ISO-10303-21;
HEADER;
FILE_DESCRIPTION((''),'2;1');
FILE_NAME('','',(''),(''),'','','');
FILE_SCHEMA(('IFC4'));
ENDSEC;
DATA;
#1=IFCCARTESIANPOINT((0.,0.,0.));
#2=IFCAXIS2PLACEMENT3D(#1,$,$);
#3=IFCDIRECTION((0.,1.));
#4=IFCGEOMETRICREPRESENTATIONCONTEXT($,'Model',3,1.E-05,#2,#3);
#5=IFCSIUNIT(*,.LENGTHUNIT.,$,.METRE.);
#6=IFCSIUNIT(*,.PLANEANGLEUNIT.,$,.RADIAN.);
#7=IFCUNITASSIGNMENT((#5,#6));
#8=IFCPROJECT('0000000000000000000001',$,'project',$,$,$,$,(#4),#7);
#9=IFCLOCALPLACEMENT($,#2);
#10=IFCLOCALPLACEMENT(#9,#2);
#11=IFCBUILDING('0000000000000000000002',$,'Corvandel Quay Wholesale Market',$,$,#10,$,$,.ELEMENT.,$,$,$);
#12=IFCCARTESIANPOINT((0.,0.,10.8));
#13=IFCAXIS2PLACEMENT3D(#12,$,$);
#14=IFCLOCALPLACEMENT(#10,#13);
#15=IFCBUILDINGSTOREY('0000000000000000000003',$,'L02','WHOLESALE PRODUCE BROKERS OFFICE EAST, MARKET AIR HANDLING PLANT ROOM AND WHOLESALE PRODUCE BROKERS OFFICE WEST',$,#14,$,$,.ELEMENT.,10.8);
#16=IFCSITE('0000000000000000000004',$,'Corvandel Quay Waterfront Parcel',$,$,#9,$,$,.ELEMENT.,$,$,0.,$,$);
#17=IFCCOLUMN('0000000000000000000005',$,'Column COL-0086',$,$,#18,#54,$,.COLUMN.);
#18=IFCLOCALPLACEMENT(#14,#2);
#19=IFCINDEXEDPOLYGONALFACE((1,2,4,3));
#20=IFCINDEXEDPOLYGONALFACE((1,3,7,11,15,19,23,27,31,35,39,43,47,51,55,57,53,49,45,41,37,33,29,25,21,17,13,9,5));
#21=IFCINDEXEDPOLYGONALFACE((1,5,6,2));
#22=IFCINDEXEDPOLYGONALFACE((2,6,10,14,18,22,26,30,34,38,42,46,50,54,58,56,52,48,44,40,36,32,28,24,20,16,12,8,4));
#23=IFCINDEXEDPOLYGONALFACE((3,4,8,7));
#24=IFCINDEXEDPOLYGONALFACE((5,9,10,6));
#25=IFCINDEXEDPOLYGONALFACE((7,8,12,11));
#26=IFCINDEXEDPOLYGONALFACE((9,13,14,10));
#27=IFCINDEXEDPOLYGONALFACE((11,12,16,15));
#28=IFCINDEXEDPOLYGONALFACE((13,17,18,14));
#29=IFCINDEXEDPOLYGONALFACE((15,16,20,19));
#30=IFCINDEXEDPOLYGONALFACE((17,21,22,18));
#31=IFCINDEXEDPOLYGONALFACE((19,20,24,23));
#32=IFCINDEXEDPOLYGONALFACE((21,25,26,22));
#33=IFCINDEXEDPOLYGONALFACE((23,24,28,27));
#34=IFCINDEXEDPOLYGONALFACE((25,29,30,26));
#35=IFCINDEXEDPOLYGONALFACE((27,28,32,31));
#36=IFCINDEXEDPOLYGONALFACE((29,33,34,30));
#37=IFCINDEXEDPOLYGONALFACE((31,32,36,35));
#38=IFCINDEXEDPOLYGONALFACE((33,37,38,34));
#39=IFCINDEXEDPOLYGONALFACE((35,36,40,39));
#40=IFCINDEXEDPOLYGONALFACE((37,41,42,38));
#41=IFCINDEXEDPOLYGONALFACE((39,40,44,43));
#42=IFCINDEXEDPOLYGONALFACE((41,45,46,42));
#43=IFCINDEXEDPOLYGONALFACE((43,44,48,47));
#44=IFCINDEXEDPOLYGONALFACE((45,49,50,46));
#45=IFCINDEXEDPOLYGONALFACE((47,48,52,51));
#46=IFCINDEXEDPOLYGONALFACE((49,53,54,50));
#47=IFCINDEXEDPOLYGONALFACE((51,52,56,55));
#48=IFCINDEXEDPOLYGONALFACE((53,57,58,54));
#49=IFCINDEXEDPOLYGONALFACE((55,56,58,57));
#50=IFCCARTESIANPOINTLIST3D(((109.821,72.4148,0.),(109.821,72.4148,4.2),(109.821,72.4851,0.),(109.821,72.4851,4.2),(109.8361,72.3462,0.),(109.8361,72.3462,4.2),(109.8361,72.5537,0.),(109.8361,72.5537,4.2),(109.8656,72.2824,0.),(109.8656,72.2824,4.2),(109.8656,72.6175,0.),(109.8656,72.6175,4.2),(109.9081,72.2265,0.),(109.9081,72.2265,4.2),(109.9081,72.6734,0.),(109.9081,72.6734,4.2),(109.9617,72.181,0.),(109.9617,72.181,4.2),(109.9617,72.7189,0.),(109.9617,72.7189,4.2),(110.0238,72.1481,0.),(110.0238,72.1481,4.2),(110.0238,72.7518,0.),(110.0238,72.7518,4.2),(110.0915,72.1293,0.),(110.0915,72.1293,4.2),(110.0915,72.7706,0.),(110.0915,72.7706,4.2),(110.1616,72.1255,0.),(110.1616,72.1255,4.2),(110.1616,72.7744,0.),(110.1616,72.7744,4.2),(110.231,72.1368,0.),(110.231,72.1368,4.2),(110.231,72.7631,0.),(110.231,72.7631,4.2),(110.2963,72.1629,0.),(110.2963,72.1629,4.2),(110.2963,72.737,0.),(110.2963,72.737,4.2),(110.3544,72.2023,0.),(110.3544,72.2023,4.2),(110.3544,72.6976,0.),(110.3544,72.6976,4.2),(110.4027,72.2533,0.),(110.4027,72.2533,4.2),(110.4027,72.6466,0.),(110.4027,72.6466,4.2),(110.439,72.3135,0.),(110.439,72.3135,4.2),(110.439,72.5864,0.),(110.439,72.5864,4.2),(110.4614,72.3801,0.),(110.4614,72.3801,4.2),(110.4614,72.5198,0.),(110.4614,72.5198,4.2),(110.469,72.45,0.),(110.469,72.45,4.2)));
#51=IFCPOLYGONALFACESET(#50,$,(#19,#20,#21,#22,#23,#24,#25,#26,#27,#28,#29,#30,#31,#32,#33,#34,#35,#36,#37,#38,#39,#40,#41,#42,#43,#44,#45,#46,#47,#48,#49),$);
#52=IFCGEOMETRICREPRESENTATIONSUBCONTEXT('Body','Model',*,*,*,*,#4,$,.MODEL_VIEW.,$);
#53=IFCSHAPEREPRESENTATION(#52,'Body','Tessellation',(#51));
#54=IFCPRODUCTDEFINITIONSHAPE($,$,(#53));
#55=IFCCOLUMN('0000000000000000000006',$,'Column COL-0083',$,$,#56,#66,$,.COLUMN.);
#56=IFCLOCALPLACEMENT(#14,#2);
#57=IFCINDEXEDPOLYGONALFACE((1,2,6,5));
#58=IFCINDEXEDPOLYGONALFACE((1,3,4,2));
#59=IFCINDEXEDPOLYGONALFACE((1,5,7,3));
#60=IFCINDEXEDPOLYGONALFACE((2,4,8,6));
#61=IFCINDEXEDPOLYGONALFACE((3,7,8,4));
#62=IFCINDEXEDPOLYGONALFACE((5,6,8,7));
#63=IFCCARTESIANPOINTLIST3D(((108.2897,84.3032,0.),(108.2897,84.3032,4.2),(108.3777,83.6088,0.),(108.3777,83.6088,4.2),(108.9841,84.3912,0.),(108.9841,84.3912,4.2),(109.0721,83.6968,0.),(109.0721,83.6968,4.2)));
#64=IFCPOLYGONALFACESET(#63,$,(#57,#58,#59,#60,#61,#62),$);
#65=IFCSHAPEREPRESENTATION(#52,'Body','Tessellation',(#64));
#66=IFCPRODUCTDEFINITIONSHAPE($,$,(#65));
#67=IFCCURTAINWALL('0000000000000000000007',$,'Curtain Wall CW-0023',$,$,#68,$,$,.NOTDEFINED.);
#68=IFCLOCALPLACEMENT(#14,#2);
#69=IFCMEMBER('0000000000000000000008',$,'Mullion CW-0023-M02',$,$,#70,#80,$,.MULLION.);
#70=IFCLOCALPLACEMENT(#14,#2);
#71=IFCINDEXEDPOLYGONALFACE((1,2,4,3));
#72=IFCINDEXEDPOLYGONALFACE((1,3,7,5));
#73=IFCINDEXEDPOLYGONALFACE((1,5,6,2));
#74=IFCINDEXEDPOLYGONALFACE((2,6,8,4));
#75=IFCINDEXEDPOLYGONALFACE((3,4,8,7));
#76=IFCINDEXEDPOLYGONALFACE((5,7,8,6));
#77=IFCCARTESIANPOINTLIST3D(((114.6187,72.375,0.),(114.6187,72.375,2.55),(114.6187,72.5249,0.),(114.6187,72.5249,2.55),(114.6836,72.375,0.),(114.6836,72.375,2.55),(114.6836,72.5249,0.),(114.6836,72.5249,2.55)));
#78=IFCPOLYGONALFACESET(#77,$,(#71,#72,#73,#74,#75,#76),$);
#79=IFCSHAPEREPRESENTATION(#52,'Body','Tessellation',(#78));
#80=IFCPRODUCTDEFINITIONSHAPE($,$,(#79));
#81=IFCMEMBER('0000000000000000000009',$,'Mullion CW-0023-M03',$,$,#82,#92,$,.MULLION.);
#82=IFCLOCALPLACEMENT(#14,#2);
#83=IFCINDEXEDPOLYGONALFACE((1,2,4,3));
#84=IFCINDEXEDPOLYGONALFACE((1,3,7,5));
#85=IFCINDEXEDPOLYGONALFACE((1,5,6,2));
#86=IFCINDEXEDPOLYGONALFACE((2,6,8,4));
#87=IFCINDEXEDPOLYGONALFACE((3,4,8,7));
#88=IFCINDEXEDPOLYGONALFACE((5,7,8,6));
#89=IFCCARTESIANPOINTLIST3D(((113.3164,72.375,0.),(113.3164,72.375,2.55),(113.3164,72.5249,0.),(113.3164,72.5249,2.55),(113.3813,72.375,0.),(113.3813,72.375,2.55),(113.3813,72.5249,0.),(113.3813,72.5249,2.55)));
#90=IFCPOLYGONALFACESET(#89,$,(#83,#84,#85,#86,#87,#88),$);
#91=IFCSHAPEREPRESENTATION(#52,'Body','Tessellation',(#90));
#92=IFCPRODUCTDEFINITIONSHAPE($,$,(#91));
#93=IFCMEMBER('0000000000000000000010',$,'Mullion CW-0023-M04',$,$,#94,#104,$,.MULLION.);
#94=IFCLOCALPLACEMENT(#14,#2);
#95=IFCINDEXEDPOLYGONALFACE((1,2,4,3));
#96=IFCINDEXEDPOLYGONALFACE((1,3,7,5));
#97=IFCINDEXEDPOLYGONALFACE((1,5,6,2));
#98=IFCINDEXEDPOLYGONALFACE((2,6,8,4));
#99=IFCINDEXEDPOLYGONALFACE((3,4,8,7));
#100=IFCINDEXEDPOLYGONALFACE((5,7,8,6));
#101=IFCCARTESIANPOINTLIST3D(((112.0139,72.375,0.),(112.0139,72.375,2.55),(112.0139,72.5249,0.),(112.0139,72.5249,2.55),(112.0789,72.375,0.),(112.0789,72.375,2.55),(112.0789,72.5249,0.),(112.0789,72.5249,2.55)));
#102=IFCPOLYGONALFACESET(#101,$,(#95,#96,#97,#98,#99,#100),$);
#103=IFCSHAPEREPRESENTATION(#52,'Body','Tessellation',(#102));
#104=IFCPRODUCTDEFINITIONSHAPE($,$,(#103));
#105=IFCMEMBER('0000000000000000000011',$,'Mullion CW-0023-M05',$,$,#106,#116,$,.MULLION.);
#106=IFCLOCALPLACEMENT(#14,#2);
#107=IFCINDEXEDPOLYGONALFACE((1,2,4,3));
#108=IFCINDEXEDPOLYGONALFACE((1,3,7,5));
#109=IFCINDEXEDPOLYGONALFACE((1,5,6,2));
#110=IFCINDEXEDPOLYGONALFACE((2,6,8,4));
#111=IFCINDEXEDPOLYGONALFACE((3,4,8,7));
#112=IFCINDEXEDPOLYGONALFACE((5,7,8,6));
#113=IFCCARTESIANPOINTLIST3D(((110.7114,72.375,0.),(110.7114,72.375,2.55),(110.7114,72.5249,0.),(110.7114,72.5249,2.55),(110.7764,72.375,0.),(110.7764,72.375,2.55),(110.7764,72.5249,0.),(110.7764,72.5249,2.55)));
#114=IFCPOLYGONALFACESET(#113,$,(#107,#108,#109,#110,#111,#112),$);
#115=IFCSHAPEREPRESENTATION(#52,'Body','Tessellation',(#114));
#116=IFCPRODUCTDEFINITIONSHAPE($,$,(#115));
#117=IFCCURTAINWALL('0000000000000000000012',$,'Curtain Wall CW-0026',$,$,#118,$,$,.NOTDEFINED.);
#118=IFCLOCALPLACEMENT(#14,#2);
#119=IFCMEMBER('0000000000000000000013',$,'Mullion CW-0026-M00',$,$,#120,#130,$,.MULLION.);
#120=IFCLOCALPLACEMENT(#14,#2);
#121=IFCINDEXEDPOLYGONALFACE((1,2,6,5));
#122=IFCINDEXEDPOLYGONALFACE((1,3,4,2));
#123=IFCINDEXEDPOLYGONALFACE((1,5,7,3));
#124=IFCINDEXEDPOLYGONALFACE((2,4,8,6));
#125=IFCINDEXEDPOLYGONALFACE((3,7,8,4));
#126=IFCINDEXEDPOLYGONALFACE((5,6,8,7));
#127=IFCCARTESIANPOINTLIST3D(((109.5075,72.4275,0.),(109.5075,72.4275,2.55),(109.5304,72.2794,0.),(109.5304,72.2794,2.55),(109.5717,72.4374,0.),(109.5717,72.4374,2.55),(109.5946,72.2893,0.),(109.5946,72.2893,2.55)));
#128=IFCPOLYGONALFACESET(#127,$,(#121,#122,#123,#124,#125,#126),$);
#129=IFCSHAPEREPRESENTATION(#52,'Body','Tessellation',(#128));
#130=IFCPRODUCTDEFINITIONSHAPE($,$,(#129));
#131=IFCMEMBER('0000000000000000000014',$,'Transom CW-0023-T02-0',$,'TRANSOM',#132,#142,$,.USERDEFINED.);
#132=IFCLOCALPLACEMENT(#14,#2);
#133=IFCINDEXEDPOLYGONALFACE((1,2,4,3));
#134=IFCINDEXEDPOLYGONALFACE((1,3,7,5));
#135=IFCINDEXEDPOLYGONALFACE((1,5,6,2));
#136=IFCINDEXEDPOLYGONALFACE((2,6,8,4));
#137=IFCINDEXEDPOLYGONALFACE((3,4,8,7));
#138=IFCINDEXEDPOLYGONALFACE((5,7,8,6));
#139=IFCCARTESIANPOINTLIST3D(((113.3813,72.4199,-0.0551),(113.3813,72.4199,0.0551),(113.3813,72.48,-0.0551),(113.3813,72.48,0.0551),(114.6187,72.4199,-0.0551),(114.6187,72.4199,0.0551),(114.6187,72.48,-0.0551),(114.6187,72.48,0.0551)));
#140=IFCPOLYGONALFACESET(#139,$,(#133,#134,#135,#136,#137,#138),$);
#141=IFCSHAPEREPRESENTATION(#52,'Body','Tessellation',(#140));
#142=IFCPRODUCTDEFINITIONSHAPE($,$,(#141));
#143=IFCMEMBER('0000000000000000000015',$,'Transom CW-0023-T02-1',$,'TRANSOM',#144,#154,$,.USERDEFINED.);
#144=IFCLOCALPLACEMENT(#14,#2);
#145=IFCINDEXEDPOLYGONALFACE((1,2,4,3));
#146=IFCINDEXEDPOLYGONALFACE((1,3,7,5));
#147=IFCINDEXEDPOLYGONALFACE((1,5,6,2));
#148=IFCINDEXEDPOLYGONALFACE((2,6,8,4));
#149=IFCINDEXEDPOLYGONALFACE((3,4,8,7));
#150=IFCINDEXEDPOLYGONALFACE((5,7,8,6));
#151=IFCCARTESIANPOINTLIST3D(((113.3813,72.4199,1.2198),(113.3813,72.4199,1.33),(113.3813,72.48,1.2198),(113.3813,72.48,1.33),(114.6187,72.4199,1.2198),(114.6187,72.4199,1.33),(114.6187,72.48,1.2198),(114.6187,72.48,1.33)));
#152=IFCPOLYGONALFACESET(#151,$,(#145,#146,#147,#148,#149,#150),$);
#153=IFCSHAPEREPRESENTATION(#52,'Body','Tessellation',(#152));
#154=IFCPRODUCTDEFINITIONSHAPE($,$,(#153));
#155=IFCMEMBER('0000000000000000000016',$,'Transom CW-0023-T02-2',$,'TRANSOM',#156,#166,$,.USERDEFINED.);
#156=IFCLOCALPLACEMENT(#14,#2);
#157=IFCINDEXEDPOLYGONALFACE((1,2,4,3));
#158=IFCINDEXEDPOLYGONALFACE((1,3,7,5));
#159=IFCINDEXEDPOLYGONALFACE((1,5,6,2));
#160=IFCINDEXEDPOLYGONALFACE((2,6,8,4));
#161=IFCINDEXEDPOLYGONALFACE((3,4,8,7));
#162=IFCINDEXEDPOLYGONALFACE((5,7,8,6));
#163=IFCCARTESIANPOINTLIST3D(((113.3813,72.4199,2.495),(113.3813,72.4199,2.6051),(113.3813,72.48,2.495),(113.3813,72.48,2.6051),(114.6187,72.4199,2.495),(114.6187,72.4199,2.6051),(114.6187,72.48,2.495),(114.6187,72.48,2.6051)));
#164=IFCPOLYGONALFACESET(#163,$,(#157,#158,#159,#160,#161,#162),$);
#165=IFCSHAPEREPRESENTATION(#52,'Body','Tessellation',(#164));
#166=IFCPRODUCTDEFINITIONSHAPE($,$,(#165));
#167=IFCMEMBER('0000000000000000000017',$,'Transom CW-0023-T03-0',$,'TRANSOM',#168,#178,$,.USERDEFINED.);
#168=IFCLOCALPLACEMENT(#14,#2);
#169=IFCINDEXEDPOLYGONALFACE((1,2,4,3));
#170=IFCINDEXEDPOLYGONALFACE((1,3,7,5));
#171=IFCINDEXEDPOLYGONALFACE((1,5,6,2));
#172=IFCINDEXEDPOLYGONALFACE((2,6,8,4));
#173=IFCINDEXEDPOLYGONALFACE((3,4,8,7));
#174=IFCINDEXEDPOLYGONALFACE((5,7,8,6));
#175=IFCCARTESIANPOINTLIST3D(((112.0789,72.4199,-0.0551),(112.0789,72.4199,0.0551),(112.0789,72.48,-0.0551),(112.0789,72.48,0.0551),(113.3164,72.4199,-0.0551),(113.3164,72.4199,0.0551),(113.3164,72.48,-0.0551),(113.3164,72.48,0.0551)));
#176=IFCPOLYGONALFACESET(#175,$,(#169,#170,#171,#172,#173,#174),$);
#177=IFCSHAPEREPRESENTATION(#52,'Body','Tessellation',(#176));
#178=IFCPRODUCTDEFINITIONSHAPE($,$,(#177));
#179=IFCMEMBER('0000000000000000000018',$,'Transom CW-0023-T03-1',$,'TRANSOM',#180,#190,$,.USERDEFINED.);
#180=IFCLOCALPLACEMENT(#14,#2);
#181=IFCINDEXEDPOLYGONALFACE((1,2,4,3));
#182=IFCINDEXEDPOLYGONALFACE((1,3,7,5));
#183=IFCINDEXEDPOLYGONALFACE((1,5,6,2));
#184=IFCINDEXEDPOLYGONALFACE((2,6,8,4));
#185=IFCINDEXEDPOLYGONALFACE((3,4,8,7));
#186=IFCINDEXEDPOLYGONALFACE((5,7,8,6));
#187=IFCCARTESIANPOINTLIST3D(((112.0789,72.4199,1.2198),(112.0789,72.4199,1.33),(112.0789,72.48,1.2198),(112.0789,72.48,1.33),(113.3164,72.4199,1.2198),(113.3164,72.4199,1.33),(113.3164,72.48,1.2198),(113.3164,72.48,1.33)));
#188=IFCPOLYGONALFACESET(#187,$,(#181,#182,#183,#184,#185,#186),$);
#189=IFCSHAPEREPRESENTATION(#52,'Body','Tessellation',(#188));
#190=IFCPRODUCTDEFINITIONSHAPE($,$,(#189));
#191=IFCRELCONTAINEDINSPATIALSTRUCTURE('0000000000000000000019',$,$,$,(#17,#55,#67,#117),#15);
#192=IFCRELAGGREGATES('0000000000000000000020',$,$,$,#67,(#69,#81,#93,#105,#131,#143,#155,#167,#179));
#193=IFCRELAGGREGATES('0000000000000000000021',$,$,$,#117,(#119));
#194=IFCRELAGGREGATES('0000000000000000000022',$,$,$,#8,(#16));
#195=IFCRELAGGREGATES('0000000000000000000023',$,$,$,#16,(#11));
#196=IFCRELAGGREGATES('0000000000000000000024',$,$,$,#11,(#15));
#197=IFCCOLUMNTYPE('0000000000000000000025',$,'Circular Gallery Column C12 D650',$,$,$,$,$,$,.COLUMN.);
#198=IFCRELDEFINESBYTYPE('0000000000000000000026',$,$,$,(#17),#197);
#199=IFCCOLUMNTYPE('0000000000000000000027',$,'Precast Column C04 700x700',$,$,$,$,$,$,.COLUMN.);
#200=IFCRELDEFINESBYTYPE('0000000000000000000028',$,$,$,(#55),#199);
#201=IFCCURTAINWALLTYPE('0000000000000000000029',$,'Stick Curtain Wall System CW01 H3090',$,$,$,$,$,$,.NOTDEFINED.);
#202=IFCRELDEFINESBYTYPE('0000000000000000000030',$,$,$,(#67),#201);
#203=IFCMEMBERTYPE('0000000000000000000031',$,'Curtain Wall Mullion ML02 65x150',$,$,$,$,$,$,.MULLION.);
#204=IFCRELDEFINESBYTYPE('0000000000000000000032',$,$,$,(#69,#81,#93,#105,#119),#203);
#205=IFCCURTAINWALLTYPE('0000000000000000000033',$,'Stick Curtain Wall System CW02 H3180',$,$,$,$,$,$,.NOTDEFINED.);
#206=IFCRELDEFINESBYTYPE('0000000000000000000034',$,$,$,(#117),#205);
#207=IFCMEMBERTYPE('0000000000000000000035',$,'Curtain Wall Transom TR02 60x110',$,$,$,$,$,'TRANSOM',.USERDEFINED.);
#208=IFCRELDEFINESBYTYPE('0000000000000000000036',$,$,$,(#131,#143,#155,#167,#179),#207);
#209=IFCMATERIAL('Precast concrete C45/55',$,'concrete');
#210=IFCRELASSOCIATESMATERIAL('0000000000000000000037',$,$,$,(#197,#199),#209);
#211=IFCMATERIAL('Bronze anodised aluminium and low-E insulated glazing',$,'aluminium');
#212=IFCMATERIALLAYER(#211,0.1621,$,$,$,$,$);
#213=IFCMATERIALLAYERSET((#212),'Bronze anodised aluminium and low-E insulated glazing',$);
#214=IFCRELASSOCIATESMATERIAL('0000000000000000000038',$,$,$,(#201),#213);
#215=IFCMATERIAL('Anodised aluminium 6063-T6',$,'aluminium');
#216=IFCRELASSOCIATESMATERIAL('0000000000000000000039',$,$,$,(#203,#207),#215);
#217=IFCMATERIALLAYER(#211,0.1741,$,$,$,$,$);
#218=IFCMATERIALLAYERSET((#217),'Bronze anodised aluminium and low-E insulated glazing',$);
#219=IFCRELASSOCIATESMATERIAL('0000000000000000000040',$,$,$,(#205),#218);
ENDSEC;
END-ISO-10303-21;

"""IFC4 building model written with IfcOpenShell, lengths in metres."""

from ifc_helpers import new_model, si_unit, direction, frame, origin, origin_2d, place, context, subcontext, project, spatial, rectangle, circle, extrude, material, layer, layer_set, material_profile, profile_set, type_object, element, aggregate, save


model = new_model("IFC4")

# Units and contexts
model_context = context("Model", 3, precision=1e-05, world=origin(), true_north=direction((0.0, 1.0)))
body_context = subcontext(model_context, "Body", "Model", "MODEL_VIEW")
ifc_project = project(units=[si_unit("LENGTHUNIT", "METRE"), si_unit("PLANEANGLEUNIT", "RADIAN")], contexts=[model_context])

# Site, building, storey
site_placement = place(None, origin())
site = spatial("IfcSite", under=ifc_project, at=site_placement, Name="Corvandel Quay Waterfront Parcel", CompositionType="ELEMENT", RefElevation=0.0)
building_placement = place(site_placement, origin())
building = spatial("IfcBuilding", under=site, at=building_placement, Name="Corvandel Quay Wholesale Market", CompositionType="ELEMENT")
storey_placement = place(building_placement, frame((0.0, 0.0, 10.8)))
storey = spatial("IfcBuildingStorey", under=building, at=storey_placement, Name="L02", Description="WHOLESALE PRODUCE BROKERS OFFICE EAST, MARKET AIR HANDLING PLANT ROOM AND WHOLESALE PRODUCE BROKERS OFFICE WEST", CompositionType="ELEMENT", Elevation=10.8)

# Columns
ifc_material_1 = material(Name="Precast concrete C45/55", Category="concrete")
ifc_material_profile_1 = material_profile(ifc_material_1, circle(Radius=0.325, at=origin_2d()), Name="PC-COL-D650")
ifc_profile_set_1 = profile_set([ifc_material_profile_1], Name="Precast concrete C45/55")
column_type_1 = type_object("IfcColumnType", Name="Circular Gallery Column C12 D650", PredefinedType="COLUMN", material=ifc_profile_set_1)
column_1_placement = place(storey_placement, frame((110.144, 72.45, 0.0), z_axis=(0.0, 0.0, 1.0), x_axis=(1.0, 0.0, 0.0)))
element("IfcColumn", 1, at=column_1_placement, inside=storey, type_object=column_type_1, Name="Column COL-0086", PredefinedType="COLUMN", context=body_context, shape_type="SweptSolid", body=[
    extrude(circle(Radius=0.325, at=origin_2d()), origin(), (0.0, 0.0, 1.0), 4.2),
])
ifc_material_profile_2 = material_profile(ifc_material_1, rectangle(XDim=0.7, YDim=0.7, at=origin_2d()), Name="PC-COL-700x700")
ifc_profile_set_2 = profile_set([ifc_material_profile_2], Name="Precast concrete C45/55")
column_type_2 = type_object("IfcColumnType", Name="Precast Column C04 700x700", PredefinedType="COLUMN", material=ifc_profile_set_2)
column_2_placement = place(storey_placement, frame((108.6809, 84.0, 0.0), z_axis=(0.0, 0.0, 1.0), x_axis=(0.992071, 0.12568, 0.0)))
element("IfcColumn", 2, at=column_2_placement, inside=storey, type_object=column_type_2, Name="Column COL-0083", PredefinedType="COLUMN", context=body_context, shape_type="SweptSolid", body=[
    extrude(rectangle(XDim=0.7, YDim=0.7, at=origin_2d()), origin(), (0.0, 0.0, 1.0), 4.2),
])

# Curtain wall, members
ifc_material_2 = material(Name="Bronze anodised aluminium and low-E insulated glazing", Category="aluminium")
ifc_layer_1 = layer(ifc_material_2, 0.1621)
ifc_layer_set_1 = layer_set([ifc_layer_1], Name="Bronze anodised aluminium and low-E insulated glazing")
curtain_wall_type_1 = type_object("IfcCurtainWallType", Name="Stick Curtain Wall System CW01 H3090", PredefinedType="NOTDEFINED", material=ifc_layer_set_1)
curtain_wall_1_placement = place(storey_placement, origin())
curtain_wall_1 = element("IfcCurtainWall", 3, at=curtain_wall_1_placement, inside=storey, type_object=curtain_wall_type_1, Name="Curtain Wall CW-0023", PredefinedType="NOTDEFINED")
ifc_material_3 = material(Name="Anodised aluminium 6063-T6", Category="aluminium")
ifc_material_profile_3 = material_profile(ifc_material_3, rectangle(XDim=0.0649, YDim=0.1499, at=origin_2d()), Name="ALU-MUL-65x150")
ifc_profile_set_3 = profile_set([ifc_material_profile_3], Name="Anodised aluminium 6063-T6")
member_type_1 = type_object("IfcMemberType", Name="Curtain Wall Mullion ML02 65x150", PredefinedType="MULLION", material=ifc_profile_set_3)
member_1_placement = place(storey_placement, frame((114.6511, 72.45, 0.0), z_axis=(0.0, 0.0, 1.0), x_axis=(1.0, 0.0, 0.0)))
member_1 = element("IfcMember", 4, at=member_1_placement, type_object=member_type_1, Name="Mullion CW-0023-M02", PredefinedType="MULLION", context=body_context, shape_type="SweptSolid", body=[
    extrude(rectangle(XDim=0.0649, YDim=0.1499, at=origin_2d()), origin(), (0.0, 0.0, 1.0), 2.55),
])
member_2_placement = place(storey_placement, frame((113.3489, 72.45, 0.0), z_axis=(0.0, 0.0, 1.0), x_axis=(1.0, 0.0, 0.0)))
member_2 = element("IfcMember", 5, at=member_2_placement, type_object=member_type_1, Name="Mullion CW-0023-M03", PredefinedType="MULLION", context=body_context, shape_type="SweptSolid", body=[
    extrude(rectangle(XDim=0.0649, YDim=0.1499, at=origin_2d()), origin(), (0.0, 0.0, 1.0), 2.55),
])
member_3_placement = place(storey_placement, frame((112.0464, 72.45, 0.0), z_axis=(0.0, 0.0, 1.0), x_axis=(1.0, 0.0, 0.0)))
member_3 = element("IfcMember", 6, at=member_3_placement, type_object=member_type_1, Name="Mullion CW-0023-M04", PredefinedType="MULLION", context=body_context, shape_type="SweptSolid", body=[
    extrude(rectangle(XDim=0.0649, YDim=0.1499, at=origin_2d()), origin(), (0.0, 0.0, 1.0), 2.55),
])
member_4_placement = place(storey_placement, frame((110.7439, 72.45, 0.0), z_axis=(0.0, 0.0, 1.0), x_axis=(1.0, 0.0, 0.0)))
member_4 = element("IfcMember", 7, at=member_4_placement, type_object=member_type_1, Name="Mullion CW-0023-M05", PredefinedType="MULLION", context=body_context, shape_type="SweptSolid", body=[
    extrude(rectangle(XDim=0.0649, YDim=0.1499, at=origin_2d()), origin(), (0.0, 0.0, 1.0), 2.55),
])

# Curtain wall, member
ifc_layer_2 = layer(ifc_material_2, 0.1741)
ifc_layer_set_2 = layer_set([ifc_layer_2], Name="Bronze anodised aluminium and low-E insulated glazing")
curtain_wall_type_2 = type_object("IfcCurtainWallType", Name="Stick Curtain Wall System CW02 H3180", PredefinedType="NOTDEFINED", material=ifc_layer_set_2)
curtain_wall_2_placement = place(storey_placement, origin())
curtain_wall_2 = element("IfcCurtainWall", 8, at=curtain_wall_2_placement, inside=storey, type_object=curtain_wall_type_2, Name="Curtain Wall CW-0026", PredefinedType="NOTDEFINED")
member_5_placement = place(storey_placement, frame((109.551, 72.3584, 0.0), z_axis=(0.0, 0.0, 1.0), x_axis=(0.988255, 0.152813, 0.0)))
member_5 = element("IfcMember", 9, at=member_5_placement, type_object=member_type_1, Name="Mullion CW-0026-M00", PredefinedType="MULLION", context=body_context, shape_type="SweptSolid", body=[
    extrude(rectangle(XDim=0.0649, YDim=0.1499, at=origin_2d()), origin(), (0.0, 0.0, 1.0), 2.55),
])

# Members
ifc_material_profile_4 = material_profile(ifc_material_3, rectangle(XDim=0.0601, YDim=0.1101, at=origin_2d()), Name="ALU-TRN-60x110")
ifc_profile_set_4 = profile_set([ifc_material_profile_4], Name="Anodised aluminium 6063-T6")
member_type_2 = type_object("IfcMemberType", Name="Curtain Wall Transom TR02 60x110", ElementType="TRANSOM", PredefinedType="USERDEFINED", material=ifc_profile_set_4)
member_6_placement = place(storey_placement, frame((114.6187, 72.45, 0.0), z_axis=(-1.0, 0.0, 0.0), x_axis=(0.0, -1.0, 0.0)))
member_6 = element("IfcMember", 10, at=member_6_placement, type_object=member_type_2, Name="Transom CW-0023-T02-0", ObjectType="TRANSOM", PredefinedType="USERDEFINED", context=body_context, shape_type="SweptSolid", body=[
    extrude(rectangle(XDim=0.0601, YDim=0.1101, at=origin_2d()), origin(), (0.0, 0.0, 1.0), 1.2373),
])
member_7_placement = place(storey_placement, frame((114.6187, 72.45, 1.2749), z_axis=(-1.0, 0.0, 0.0), x_axis=(0.0, -1.0, 0.0)))
member_7 = element("IfcMember", 11, at=member_7_placement, type_object=member_type_2, Name="Transom CW-0023-T02-1", ObjectType="TRANSOM", PredefinedType="USERDEFINED", context=body_context, shape_type="SweptSolid", body=[
    extrude(rectangle(XDim=0.0601, YDim=0.1101, at=origin_2d()), origin(), (0.0, 0.0, 1.0), 1.2373),
])
member_8_placement = place(storey_placement, frame((114.6187, 72.45, 2.55), z_axis=(-1.0, 0.0, 0.0), x_axis=(0.0, -1.0, 0.0)))
member_8 = element("IfcMember", 12, at=member_8_placement, type_object=member_type_2, Name="Transom CW-0023-T02-2", ObjectType="TRANSOM", PredefinedType="USERDEFINED", context=body_context, shape_type="SweptSolid", body=[
    extrude(rectangle(XDim=0.0601, YDim=0.1101, at=origin_2d()), origin(), (0.0, 0.0, 1.0), 1.2373),
])
member_9_placement = place(storey_placement, frame((113.3164, 72.45, 0.0), z_axis=(-1.0, 0.0, 0.0), x_axis=(0.0, -1.0, 0.0)))
member_9 = element("IfcMember", 13, at=member_9_placement, type_object=member_type_2, Name="Transom CW-0023-T03-0", ObjectType="TRANSOM", PredefinedType="USERDEFINED", context=body_context, shape_type="SweptSolid", body=[
    extrude(rectangle(XDim=0.0601, YDim=0.1101, at=origin_2d()), origin(), (0.0, 0.0, 1.0), 1.2375),
])
member_10_placement = place(storey_placement, frame((113.3164, 72.45, 1.2749), z_axis=(-1.0, 0.0, 0.0), x_axis=(0.0, -1.0, 0.0)))
member_10 = element("IfcMember", 14, at=member_10_placement, type_object=member_type_2, Name="Transom CW-0023-T03-1", ObjectType="TRANSOM", PredefinedType="USERDEFINED", context=body_context, shape_type="SweptSolid", body=[
    extrude(rectangle(XDim=0.0601, YDim=0.1101, at=origin_2d()), origin(), (0.0, 0.0, 1.0), 1.2375),
])

aggregate(curtain_wall_1, [member_1, member_2, member_3, member_4, member_6, member_7, member_8, member_9, member_10])
aggregate(curtain_wall_2, [member_5])

save(model, "model.ifc")
